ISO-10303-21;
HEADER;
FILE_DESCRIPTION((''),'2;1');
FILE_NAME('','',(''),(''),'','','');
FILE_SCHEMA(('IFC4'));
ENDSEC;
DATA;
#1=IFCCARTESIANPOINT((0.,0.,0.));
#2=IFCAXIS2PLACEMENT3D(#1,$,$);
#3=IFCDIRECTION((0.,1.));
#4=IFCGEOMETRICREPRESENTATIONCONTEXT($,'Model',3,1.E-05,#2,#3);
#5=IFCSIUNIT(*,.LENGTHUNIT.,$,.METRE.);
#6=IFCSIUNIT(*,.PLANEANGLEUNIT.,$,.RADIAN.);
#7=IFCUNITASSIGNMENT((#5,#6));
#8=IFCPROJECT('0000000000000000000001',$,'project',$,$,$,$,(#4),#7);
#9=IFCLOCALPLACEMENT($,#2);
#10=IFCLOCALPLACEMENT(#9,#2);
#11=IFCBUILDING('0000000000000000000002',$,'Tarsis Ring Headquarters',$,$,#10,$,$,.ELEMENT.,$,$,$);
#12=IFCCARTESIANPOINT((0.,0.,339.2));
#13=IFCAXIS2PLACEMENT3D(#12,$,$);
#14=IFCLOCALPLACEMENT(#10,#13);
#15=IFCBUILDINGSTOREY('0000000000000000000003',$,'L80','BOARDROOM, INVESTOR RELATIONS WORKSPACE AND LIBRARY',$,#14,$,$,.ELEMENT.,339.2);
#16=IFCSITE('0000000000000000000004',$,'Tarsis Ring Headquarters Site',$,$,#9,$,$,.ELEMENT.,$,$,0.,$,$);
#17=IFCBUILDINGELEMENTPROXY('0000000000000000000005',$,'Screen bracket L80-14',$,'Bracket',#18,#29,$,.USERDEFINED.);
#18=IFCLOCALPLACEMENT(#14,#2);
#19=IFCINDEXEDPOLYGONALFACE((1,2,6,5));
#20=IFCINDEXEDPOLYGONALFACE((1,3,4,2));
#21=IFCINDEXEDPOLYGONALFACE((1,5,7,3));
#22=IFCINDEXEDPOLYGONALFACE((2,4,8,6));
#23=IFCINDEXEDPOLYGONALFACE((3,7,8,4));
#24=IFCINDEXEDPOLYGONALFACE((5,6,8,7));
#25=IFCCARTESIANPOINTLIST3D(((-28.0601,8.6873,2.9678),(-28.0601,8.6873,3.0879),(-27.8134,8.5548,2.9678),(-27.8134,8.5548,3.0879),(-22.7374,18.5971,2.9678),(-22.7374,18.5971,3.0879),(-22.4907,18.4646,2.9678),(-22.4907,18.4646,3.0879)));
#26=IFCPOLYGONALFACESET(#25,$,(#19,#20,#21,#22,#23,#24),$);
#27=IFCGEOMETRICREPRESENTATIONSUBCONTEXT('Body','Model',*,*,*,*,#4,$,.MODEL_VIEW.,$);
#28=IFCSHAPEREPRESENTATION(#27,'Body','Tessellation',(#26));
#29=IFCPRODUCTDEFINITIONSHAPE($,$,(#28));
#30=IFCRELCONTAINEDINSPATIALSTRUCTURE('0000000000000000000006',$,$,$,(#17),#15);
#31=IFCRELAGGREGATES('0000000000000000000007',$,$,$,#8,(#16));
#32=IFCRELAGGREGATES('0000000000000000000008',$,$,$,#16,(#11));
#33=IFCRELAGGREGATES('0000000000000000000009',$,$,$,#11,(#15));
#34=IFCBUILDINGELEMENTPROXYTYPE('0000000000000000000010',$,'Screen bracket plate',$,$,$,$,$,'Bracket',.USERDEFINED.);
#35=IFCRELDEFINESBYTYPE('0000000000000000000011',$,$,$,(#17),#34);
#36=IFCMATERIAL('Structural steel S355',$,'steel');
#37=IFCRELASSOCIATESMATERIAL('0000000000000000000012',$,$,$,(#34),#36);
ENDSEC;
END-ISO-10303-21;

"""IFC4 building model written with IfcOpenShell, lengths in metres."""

from ifc_helpers import new_model, si_unit, direction, frame, origin, origin_2d, place, context, subcontext, project, spatial, rectangle, extrude, material, type_object, element, save


model = new_model("IFC4")

# Units and contexts
model_context = context("Model", 3, precision=1e-05, world=origin(), true_north=direction((0.0, 1.0)))
body_context = subcontext(model_context, "Body", "Model", "MODEL_VIEW")
ifc_project = project(units=[si_unit("LENGTHUNIT", "METRE"), si_unit("PLANEANGLEUNIT", "RADIAN")], contexts=[model_context])

# Site, building, storey
site_placement = place(None, origin())
site = spatial("IfcSite", under=ifc_project, at=site_placement, Name="Tarsis Ring Headquarters Site", CompositionType="ELEMENT", RefElevation=0.0)
building_placement = place(site_placement, origin())
building = spatial("IfcBuilding", under=site, at=building_placement, Name="Tarsis Ring Headquarters", CompositionType="ELEMENT")
storey_placement = place(building_placement, frame((0.0, 0.0, 339.2)))
storey = spatial("IfcBuildingStorey", under=building, at=storey_placement, Name="L80", Description="BOARDROOM, INVESTOR RELATIONS WORKSPACE AND LIBRARY", CompositionType="ELEMENT", Elevation=339.2)

# Shared definitions
ifc_material_1 = material(Name="Structural steel S355", Category="steel")

# Building element proxy
building_element_proxy_type = type_object("IfcBuildingElementProxyType", Name="Screen bracket plate", ElementType="Bracket", PredefinedType="USERDEFINED", material=ifc_material_1)
proxy_placement = place(storey_placement, frame((-25.2754, 13.5759, 2.9678), z_axis=(0.0, 0.0, 1.0), x_axis=(-0.473186, -0.880963, 0.0)))
element("IfcBuildingElementProxy", 1, at=proxy_placement, inside=storey, type_object=building_element_proxy_type, Name="Screen bracket L80-14", ObjectType="Bracket", PredefinedType="USERDEFINED", context=body_context, shape_type="SweptSolid", body=[
    extrude(rectangle(XDim=11.2488, YDim=0.28, at=origin_2d()), origin(), (0.0, 0.0, 1.0), 0.1201),
])

save(model, "model.ifc")
